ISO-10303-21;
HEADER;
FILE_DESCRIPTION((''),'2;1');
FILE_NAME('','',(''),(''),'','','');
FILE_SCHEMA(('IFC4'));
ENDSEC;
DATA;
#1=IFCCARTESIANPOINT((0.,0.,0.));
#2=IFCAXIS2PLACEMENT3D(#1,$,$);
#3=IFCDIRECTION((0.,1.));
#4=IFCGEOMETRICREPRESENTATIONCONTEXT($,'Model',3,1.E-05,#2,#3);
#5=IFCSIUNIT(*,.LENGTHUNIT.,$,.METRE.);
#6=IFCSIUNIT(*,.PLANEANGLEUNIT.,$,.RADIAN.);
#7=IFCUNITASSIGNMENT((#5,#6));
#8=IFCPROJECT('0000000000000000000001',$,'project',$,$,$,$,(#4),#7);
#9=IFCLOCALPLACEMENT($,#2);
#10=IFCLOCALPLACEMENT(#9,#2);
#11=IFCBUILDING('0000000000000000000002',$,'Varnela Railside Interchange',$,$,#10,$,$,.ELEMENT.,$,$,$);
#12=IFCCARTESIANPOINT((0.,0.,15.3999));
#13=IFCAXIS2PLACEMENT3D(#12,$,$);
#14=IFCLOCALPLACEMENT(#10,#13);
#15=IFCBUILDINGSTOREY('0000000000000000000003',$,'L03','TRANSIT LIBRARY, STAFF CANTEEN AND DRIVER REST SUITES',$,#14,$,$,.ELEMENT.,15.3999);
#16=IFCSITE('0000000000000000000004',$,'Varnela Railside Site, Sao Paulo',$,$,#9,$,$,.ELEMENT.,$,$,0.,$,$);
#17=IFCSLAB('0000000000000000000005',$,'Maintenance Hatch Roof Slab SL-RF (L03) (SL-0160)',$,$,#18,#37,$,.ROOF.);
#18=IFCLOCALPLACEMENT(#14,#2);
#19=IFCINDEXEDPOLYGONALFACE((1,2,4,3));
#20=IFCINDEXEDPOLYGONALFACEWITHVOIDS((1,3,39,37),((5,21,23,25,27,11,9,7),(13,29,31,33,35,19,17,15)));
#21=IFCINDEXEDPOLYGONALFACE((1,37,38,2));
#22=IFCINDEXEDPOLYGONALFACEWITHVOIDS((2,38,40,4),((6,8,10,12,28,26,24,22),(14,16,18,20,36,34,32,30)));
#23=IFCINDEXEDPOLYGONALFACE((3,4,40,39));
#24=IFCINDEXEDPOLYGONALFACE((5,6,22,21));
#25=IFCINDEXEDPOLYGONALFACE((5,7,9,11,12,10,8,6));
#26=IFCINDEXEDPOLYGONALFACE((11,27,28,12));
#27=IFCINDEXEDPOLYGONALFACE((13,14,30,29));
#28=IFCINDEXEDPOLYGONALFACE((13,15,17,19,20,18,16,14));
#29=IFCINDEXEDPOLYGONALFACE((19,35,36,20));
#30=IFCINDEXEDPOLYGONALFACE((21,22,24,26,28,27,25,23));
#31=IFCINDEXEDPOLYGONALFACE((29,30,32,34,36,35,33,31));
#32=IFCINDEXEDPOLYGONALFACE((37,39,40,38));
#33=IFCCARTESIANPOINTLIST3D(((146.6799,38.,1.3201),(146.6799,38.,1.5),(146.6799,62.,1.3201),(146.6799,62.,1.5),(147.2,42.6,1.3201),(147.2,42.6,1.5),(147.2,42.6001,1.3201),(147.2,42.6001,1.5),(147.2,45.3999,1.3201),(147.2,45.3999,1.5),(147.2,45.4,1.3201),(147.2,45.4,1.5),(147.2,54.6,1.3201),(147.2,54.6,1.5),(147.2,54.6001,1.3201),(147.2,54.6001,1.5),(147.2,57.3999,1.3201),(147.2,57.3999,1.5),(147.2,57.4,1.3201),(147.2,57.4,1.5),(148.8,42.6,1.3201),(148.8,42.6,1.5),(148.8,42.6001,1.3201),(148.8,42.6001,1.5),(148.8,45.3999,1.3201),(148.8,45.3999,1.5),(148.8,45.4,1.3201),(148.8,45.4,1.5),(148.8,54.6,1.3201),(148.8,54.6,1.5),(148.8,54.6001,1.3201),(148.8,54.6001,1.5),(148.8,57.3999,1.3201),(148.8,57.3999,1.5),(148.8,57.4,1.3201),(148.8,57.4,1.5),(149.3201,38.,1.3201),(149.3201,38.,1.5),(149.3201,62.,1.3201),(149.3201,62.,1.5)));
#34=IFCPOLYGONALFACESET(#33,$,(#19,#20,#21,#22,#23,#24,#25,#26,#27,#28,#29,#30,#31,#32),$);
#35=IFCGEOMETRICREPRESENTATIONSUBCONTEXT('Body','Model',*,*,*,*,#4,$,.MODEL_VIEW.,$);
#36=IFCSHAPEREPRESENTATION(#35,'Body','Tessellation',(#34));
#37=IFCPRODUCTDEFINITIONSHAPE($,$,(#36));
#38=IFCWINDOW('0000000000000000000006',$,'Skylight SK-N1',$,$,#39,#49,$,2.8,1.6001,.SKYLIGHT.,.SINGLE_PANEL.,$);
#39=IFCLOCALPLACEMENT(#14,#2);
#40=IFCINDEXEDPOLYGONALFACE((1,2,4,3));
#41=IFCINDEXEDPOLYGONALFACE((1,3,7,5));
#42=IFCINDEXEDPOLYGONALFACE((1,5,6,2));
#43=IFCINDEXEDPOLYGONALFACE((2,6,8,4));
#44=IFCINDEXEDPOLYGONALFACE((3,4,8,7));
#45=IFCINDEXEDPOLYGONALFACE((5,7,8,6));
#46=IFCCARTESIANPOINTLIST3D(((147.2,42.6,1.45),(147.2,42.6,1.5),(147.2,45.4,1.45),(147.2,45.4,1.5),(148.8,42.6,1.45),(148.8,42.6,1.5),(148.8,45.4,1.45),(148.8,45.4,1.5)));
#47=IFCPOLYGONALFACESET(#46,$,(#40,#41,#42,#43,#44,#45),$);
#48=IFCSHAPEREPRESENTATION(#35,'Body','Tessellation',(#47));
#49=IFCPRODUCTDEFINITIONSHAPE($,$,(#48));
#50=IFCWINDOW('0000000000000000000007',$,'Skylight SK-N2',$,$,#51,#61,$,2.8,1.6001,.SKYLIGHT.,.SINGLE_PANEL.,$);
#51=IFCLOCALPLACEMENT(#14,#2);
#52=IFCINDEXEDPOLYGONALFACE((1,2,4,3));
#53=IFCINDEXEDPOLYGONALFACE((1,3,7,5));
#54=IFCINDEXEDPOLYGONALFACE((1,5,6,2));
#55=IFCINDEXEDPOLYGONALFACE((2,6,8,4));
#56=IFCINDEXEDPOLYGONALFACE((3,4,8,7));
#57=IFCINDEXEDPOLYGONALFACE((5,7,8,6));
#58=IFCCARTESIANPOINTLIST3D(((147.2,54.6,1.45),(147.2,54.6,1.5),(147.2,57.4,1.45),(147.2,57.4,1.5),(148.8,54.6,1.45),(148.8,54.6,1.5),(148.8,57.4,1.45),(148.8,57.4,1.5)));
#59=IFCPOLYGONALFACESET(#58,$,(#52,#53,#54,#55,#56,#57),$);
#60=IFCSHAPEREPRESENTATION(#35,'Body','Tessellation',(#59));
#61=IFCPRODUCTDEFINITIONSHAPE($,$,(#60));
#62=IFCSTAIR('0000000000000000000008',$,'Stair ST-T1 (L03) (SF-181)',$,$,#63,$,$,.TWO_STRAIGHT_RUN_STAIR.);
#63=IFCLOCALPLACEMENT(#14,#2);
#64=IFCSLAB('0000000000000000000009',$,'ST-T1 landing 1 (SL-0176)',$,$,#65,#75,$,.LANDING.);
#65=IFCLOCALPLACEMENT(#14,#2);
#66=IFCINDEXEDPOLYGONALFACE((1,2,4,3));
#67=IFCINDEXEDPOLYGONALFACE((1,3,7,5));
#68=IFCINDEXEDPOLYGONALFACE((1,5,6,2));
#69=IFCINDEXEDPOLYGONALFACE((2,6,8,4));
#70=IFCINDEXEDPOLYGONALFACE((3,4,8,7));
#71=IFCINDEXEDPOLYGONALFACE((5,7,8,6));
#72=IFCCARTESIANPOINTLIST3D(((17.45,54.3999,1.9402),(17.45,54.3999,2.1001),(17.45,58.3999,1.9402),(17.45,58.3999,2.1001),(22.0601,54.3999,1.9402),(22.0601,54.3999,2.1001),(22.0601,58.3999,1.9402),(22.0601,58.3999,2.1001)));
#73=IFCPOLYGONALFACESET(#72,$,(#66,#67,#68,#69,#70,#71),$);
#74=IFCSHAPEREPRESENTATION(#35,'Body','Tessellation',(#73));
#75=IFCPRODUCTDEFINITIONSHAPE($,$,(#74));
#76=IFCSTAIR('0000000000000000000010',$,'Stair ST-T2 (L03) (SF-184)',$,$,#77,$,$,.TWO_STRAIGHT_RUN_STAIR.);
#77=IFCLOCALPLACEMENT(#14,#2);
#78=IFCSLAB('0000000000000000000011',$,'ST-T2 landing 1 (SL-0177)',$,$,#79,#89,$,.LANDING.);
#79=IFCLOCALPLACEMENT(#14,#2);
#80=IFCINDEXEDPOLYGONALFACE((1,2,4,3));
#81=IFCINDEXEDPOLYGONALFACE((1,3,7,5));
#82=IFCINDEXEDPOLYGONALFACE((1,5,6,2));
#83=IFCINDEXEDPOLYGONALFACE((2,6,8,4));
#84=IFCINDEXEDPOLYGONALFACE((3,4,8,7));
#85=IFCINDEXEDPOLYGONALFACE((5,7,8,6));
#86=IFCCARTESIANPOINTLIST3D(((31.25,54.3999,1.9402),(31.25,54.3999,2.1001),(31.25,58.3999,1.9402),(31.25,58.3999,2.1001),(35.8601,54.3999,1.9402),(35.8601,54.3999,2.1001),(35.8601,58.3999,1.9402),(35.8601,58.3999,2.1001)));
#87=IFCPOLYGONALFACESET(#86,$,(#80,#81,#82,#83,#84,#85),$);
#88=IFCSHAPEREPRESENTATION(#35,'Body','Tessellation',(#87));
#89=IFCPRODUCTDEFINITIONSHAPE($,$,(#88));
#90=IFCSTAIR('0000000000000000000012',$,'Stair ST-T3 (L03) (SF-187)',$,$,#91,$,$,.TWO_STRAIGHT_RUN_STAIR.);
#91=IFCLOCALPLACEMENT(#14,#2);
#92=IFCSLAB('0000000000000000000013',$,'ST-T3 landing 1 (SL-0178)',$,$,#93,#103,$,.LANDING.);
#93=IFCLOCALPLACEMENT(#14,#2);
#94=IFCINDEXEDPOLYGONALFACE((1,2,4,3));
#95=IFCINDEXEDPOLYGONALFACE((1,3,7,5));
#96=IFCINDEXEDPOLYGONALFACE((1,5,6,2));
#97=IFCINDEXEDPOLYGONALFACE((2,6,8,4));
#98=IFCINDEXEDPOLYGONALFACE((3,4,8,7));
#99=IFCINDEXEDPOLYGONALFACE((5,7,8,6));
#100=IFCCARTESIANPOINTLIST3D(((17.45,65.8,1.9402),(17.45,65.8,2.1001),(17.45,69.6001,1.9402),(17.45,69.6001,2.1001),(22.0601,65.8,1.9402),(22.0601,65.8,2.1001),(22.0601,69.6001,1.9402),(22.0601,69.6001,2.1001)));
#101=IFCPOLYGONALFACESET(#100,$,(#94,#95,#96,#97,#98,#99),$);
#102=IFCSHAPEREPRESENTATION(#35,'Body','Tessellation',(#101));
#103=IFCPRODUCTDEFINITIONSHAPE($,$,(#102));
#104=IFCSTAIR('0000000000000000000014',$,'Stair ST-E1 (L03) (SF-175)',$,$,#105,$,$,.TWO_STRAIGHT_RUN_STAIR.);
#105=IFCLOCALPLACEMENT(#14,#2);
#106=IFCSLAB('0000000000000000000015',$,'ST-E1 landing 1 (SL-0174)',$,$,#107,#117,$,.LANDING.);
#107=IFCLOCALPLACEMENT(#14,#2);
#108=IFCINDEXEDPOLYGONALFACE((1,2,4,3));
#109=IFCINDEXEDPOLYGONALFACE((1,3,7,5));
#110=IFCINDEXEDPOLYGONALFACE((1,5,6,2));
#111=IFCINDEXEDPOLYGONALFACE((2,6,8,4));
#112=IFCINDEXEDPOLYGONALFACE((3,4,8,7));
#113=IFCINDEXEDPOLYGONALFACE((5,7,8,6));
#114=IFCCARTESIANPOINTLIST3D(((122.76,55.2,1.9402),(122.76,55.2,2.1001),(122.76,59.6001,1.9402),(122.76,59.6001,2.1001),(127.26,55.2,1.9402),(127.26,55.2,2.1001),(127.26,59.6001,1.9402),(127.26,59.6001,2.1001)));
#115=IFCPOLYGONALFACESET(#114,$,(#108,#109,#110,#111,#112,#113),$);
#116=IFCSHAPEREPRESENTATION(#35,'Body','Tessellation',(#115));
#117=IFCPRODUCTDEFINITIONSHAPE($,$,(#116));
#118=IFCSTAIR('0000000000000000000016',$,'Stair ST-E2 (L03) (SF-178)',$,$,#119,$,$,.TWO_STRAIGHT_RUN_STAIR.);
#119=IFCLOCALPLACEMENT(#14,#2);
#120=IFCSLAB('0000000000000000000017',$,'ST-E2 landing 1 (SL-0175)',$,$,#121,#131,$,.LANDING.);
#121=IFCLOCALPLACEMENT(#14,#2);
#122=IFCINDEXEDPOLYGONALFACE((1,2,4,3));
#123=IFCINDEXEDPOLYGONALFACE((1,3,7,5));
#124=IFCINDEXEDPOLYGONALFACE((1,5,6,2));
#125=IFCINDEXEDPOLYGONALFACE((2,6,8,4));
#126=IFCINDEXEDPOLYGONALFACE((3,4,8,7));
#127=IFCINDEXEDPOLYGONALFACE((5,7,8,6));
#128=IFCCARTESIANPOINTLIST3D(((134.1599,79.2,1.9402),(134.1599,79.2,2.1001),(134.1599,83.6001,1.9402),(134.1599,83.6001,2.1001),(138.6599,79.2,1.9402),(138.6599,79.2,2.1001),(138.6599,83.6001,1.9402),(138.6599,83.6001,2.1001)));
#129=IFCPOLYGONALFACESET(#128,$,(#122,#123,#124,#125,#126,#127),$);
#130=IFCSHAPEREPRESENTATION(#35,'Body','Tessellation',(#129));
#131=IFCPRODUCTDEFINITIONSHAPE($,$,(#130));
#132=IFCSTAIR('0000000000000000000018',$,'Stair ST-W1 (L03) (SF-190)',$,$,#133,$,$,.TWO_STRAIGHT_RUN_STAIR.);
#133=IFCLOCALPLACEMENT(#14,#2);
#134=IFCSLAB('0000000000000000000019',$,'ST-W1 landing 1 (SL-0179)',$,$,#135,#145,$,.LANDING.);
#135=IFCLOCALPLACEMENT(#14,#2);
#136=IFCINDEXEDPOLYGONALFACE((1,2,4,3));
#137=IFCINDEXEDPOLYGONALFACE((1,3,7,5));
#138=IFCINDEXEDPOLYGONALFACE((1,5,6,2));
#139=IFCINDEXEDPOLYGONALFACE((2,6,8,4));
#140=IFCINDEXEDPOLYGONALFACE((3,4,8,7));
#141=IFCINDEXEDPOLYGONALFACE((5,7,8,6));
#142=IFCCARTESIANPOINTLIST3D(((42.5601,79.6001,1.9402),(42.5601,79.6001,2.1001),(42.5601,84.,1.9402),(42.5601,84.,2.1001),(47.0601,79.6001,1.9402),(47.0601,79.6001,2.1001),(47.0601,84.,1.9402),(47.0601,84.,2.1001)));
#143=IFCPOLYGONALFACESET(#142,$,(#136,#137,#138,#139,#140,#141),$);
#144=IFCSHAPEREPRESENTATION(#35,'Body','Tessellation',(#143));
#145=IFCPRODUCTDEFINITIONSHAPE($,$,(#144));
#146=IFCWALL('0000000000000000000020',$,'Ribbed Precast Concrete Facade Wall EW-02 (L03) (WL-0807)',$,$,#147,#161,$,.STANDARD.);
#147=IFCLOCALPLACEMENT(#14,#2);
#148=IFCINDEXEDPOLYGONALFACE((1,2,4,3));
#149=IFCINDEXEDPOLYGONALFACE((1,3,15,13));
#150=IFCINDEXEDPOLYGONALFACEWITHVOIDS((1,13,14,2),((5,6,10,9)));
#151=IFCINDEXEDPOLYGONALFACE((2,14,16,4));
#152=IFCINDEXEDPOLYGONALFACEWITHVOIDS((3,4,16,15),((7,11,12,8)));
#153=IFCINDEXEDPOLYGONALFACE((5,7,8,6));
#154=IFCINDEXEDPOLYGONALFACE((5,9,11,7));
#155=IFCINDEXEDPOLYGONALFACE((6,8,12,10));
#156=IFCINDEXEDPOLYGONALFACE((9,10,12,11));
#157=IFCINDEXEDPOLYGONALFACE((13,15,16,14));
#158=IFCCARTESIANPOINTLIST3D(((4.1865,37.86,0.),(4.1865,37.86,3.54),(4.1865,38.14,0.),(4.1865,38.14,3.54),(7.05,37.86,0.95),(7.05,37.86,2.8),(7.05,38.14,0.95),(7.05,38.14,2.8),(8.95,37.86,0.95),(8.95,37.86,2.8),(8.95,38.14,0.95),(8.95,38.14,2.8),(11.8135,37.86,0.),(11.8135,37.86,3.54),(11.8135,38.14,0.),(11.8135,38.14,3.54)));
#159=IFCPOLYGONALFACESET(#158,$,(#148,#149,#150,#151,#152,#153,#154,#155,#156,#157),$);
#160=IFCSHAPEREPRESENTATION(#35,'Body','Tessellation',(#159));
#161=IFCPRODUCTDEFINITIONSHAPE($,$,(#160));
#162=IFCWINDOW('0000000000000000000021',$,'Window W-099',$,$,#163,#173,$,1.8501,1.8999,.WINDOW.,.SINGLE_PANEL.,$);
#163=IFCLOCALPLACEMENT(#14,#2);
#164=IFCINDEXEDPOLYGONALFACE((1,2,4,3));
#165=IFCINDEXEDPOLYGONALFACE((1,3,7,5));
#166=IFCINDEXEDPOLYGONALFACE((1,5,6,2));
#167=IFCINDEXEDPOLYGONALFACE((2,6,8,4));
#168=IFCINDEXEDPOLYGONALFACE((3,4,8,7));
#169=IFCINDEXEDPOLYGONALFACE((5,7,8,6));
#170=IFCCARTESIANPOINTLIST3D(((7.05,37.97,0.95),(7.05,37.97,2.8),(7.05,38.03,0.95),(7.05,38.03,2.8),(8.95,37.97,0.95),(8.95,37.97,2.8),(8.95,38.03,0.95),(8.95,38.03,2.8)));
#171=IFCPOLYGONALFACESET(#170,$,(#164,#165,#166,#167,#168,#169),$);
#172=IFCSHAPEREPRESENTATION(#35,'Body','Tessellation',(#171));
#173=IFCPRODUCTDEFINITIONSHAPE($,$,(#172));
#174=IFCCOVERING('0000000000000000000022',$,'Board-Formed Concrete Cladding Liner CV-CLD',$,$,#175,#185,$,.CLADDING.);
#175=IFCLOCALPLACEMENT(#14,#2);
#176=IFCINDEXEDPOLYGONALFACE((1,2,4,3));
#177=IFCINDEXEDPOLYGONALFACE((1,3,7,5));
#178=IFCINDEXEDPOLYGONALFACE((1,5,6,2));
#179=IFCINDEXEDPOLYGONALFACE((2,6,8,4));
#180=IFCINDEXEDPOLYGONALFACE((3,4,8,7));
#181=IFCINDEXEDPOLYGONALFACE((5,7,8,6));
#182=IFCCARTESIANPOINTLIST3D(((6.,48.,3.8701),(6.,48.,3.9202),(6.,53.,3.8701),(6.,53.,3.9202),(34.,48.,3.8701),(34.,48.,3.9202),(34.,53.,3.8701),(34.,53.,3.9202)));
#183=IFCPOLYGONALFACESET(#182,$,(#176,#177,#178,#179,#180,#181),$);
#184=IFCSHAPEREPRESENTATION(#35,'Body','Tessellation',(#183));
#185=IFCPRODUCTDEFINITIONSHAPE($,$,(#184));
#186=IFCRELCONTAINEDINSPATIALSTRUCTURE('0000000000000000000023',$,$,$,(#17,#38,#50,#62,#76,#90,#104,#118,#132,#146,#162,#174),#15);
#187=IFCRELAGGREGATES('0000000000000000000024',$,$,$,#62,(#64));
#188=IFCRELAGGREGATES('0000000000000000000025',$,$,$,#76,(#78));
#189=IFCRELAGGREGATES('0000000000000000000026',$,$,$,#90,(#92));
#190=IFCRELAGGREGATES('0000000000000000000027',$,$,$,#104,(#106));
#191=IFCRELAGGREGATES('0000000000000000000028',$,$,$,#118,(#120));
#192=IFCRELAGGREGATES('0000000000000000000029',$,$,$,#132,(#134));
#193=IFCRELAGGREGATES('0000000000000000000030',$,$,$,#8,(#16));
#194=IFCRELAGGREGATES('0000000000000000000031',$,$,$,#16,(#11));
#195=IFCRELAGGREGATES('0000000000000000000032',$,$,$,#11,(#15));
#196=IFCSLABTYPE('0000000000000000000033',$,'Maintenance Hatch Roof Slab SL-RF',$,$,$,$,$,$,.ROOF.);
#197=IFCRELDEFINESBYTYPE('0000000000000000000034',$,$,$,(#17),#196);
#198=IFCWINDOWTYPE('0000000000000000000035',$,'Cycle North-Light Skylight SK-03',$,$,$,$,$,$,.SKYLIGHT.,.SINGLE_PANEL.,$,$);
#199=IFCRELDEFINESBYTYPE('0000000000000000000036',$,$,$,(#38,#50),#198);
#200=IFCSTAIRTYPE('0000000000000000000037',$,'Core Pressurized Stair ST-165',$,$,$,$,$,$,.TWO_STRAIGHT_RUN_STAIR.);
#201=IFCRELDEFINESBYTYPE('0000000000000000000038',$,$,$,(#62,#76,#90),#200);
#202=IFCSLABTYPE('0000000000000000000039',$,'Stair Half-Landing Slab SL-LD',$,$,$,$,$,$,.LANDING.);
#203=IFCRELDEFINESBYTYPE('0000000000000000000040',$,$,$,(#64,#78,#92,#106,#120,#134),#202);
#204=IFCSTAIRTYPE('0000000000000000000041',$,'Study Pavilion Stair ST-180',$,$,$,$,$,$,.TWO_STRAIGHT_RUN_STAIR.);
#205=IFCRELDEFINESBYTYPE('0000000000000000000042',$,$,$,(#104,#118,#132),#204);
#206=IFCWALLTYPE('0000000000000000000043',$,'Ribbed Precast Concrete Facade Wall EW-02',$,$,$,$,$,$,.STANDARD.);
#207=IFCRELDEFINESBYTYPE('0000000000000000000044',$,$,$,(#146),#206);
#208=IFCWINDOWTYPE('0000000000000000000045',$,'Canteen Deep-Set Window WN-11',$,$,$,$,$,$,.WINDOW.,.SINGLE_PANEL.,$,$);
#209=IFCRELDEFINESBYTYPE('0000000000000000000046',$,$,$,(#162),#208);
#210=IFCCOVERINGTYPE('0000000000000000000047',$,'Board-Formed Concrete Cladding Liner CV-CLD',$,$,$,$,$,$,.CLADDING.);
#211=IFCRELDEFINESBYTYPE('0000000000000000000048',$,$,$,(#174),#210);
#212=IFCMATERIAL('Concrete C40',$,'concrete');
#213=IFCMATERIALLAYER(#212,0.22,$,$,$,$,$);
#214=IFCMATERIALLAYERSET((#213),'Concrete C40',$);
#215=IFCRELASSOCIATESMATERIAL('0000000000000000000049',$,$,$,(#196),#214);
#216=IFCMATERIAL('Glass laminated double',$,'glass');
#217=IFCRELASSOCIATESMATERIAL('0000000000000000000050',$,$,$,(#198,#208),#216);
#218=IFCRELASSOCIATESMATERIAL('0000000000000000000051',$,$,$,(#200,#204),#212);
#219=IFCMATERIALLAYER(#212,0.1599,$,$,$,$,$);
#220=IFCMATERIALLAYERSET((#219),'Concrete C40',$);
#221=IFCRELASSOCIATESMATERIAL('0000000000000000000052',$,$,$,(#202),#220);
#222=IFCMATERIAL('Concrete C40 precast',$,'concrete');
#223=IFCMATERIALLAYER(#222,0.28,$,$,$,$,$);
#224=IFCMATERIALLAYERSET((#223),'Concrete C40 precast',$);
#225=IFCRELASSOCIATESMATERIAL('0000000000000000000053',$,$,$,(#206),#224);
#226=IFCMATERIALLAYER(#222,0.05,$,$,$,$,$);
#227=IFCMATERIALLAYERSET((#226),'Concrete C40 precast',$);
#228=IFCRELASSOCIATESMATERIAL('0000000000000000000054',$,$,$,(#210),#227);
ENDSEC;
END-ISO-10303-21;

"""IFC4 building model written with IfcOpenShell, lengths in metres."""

from ifc_helpers import new_model, si_unit, direction, frame, frame_2d, origin, origin_2d, place, context, subcontext, project, spatial, polyline, rectangle, outline, extrude, material, layer, layer_set, type_object, element, fill, aggregate, save


model = new_model("IFC4")

# Units and contexts
model_context = context("Model", 3, precision=1e-05, world=origin(), true_north=direction((0.0, 1.0)))
body_context = subcontext(model_context, "Body", "Model", "MODEL_VIEW")
ifc_project = project(units=[si_unit("LENGTHUNIT", "METRE"), si_unit("PLANEANGLEUNIT", "RADIAN")], contexts=[model_context])

# Site, building, storey
site_placement = place(None, origin())
site = spatial("IfcSite", under=ifc_project, at=site_placement, Name="Varnela Railside Site, Sao Paulo", CompositionType="ELEMENT", RefElevation=0.0)
building_placement = place(site_placement, origin())
building = spatial("IfcBuilding", under=site, at=building_placement, Name="Varnela Railside Interchange", CompositionType="ELEMENT")
storey_placement = place(building_placement, frame((0.0, 0.0, 15.3999)))
storey = spatial("IfcBuildingStorey", under=building, at=storey_placement, Name="L03", Description="TRANSIT LIBRARY, STAFF CANTEEN AND DRIVER REST SUITES", CompositionType="ELEMENT", Elevation=15.3999)

# Shared definitions
ifc_material_1 = material(Name="Concrete C40", Category="concrete")

# Shared definitions
ifc_layer_1 = layer(ifc_material_1, 0.22)
ifc_layer_set_1 = layer_set([ifc_layer_1], Name="Concrete C40")
slab_type_1 = type_object("IfcSlabType", Name="Maintenance Hatch Roof Slab SL-RF", PredefinedType="ROOF", material=ifc_layer_set_1)
ifc_material_2 = material(Name="Glass laminated double", Category="glass")

# Slab, openings, windows
slab_1_placement = place(storey_placement, frame((0.0, 0.0, 1.3201)))
slab_1 = element("IfcSlab", 1, at=slab_1_placement, inside=storey, type_object=slab_type_1, Name="Maintenance Hatch Roof Slab SL-RF (L03) (SL-0160)", PredefinedType="ROOF", context=body_context, shape_type="SweptSolid", body=[
    extrude(outline(polyline([(146.6799, 38.0), (149.3201, 38.0), (149.3201, 62.0), (146.6799, 62.0), (146.6799, 38.0)]), holes=[polyline([(147.2, 42.6001), (148.8, 42.6001), (148.8, 45.3999), (147.2, 45.3999), (147.2, 42.6001)]), polyline([(147.2, 54.6001), (148.8, 54.6001), (148.8, 57.3999), (147.2, 57.3999), (147.2, 54.6001)])]), origin(), (0.0, 0.0, 1.0), 0.1799),
])
opening_1_placement = place(slab_1_placement, frame((148.0, 44.0, -0.01)))
opening_1 = element("IfcOpeningElement", 2, at=opening_1_placement, cuts=slab_1, PredefinedType="OPENING", context=body_context, shape_type="SweptSolid", body=[
    extrude(rectangle(XDim=1.6001, YDim=2.8, at=origin_2d()), origin(), (0.0, 0.0, 1.0), 0.2),
])
opening_2_placement = place(slab_1_placement, frame((148.0, 56.0, -0.01)))
opening_2 = element("IfcOpeningElement", 3, at=opening_2_placement, cuts=slab_1, PredefinedType="OPENING", context=body_context, shape_type="SweptSolid", body=[
    extrude(rectangle(XDim=1.6001, YDim=2.8, at=origin_2d()), origin(), (0.0, 0.0, 1.0), 0.2),
])
window_type_1 = type_object("IfcWindowType", Name="Cycle North-Light Skylight SK-03", PartitioningType="SINGLE_PANEL", PredefinedType="SKYLIGHT", material=ifc_material_2)
window_1_placement = place(slab_1_placement, frame((148.0, 44.0, 0.1299)))
window_1 = element("IfcWindow", 4, at=window_1_placement, inside=storey, type_object=window_type_1, Name="Skylight SK-N1", OverallHeight=2.8, OverallWidth=1.6001, PartitioningType="SINGLE_PANEL", PredefinedType="SKYLIGHT", context=body_context, shape_type="SweptSolid", body=[
    extrude(rectangle(XDim=1.6001, YDim=2.8, at=origin_2d()), origin(), (0.0, 0.0, 1.0), 0.05),
])
fill(opening_1, window_1)
window_2_placement = place(slab_1_placement, frame((148.0, 56.0, 0.1299)))
window_2 = element("IfcWindow", 5, at=window_2_placement, inside=storey, type_object=window_type_1, Name="Skylight SK-N2", OverallHeight=2.8, OverallWidth=1.6001, PartitioningType="SINGLE_PANEL", PredefinedType="SKYLIGHT", context=body_context, shape_type="SweptSolid", body=[
    extrude(rectangle(XDim=1.6001, YDim=2.8, at=origin_2d()), origin(), (0.0, 0.0, 1.0), 0.05),
])
fill(opening_2, window_2)

# Stairs, slabs
stair_type_1 = type_object("IfcStairType", Name="Core Pressurized Stair ST-165", PredefinedType="TWO_STRAIGHT_RUN_STAIR", material=ifc_material_1)
stair_1_placement = place(storey_placement, origin())
stair_1 = element("IfcStair", 6, at=stair_1_placement, inside=storey, type_object=stair_type_1, Name="Stair ST-T1 (L03) (SF-181)", PredefinedType="TWO_STRAIGHT_RUN_STAIR")
ifc_layer_2 = layer(ifc_material_1, 0.1599)
ifc_layer_set_2 = layer_set([ifc_layer_2], Name="Concrete C40")
slab_type_2 = type_object("IfcSlabType", Name="Stair Half-Landing Slab SL-LD", PredefinedType="LANDING", material=ifc_layer_set_2)
slab_2_placement = place(storey_placement, frame((0.0, 0.0, 1.9402)))
slab_2 = element("IfcSlab", 7, at=slab_2_placement, type_object=slab_type_2, Name="ST-T1 landing 1 (SL-0176)", PredefinedType="LANDING", context=body_context, shape_type="SweptSolid", body=[
    extrude(outline(polyline([(17.45, 54.3999), (22.0601, 54.3999), (22.0601, 58.3999), (17.45, 58.3999), (17.45, 54.3999)])), origin(), (0.0, 0.0, 1.0), 0.1599),
])
aggregate(stair_1, [slab_2])
stair_2_placement = place(storey_placement, origin())
stair_2 = element("IfcStair", 8, at=stair_2_placement, inside=storey, type_object=stair_type_1, Name="Stair ST-T2 (L03) (SF-184)", PredefinedType="TWO_STRAIGHT_RUN_STAIR")
slab_3_placement = place(storey_placement, frame((0.0, 0.0, 1.9402)))
slab_3 = element("IfcSlab", 9, at=slab_3_placement, type_object=slab_type_2, Name="ST-T2 landing 1 (SL-0177)", PredefinedType="LANDING", context=body_context, shape_type="SweptSolid", body=[
    extrude(outline(polyline([(31.25, 54.3999), (35.8601, 54.3999), (35.8601, 58.3999), (31.25, 58.3999), (31.25, 54.3999)])), origin(), (0.0, 0.0, 1.0), 0.1599),
])
aggregate(stair_2, [slab_3])
stair_3_placement = place(storey_placement, origin())
stair_3 = element("IfcStair", 10, at=stair_3_placement, inside=storey, type_object=stair_type_1, Name="Stair ST-T3 (L03) (SF-187)", PredefinedType="TWO_STRAIGHT_RUN_STAIR")
slab_4_placement = place(storey_placement, frame((0.0, 0.0, 1.9402)))
slab_4 = element("IfcSlab", 11, at=slab_4_placement, type_object=slab_type_2, Name="ST-T3 landing 1 (SL-0178)", PredefinedType="LANDING", context=body_context, shape_type="SweptSolid", body=[
    extrude(outline(polyline([(17.45, 65.8), (22.0601, 65.8), (22.0601, 69.6001), (17.45, 69.6001), (17.45, 65.8)])), origin(), (0.0, 0.0, 1.0), 0.1599),
])
aggregate(stair_3, [slab_4])
stair_type_2 = type_object("IfcStairType", Name="Study Pavilion Stair ST-180", PredefinedType="TWO_STRAIGHT_RUN_STAIR", material=ifc_material_1)
stair_4_placement = place(storey_placement, origin())
stair_4 = element("IfcStair", 12, at=stair_4_placement, inside=storey, type_object=stair_type_2, Name="Stair ST-E1 (L03) (SF-175)", PredefinedType="TWO_STRAIGHT_RUN_STAIR")
slab_5_placement = place(storey_placement, frame((0.0, 0.0, 1.9402)))
slab_5 = element("IfcSlab", 13, at=slab_5_placement, type_object=slab_type_2, Name="ST-E1 landing 1 (SL-0174)", PredefinedType="LANDING", context=body_context, shape_type="SweptSolid", body=[
    extrude(outline(polyline([(122.76, 55.2), (127.26, 55.2), (127.26, 59.6001), (122.76, 59.6001), (122.76, 55.2)])), origin(), (0.0, 0.0, 1.0), 0.1599),
])
aggregate(stair_4, [slab_5])
stair_5_placement = place(storey_placement, origin())
stair_5 = element("IfcStair", 14, at=stair_5_placement, inside=storey, type_object=stair_type_2, Name="Stair ST-E2 (L03) (SF-178)", PredefinedType="TWO_STRAIGHT_RUN_STAIR")
slab_6_placement = place(storey_placement, frame((0.0, 0.0, 1.9402)))
slab_6 = element("IfcSlab", 15, at=slab_6_placement, type_object=slab_type_2, Name="ST-E2 landing 1 (SL-0175)", PredefinedType="LANDING", context=body_context, shape_type="SweptSolid", body=[
    extrude(outline(polyline([(134.1599, 79.2), (138.6599, 79.2), (138.6599, 83.6001), (134.1599, 83.6001), (134.1599, 79.2)])), origin(), (0.0, 0.0, 1.0), 0.1599),
])
aggregate(stair_5, [slab_6])
stair_6_placement = place(storey_placement, origin())
stair_6 = element("IfcStair", 16, at=stair_6_placement, inside=storey, type_object=stair_type_2, Name="Stair ST-W1 (L03) (SF-190)", PredefinedType="TWO_STRAIGHT_RUN_STAIR")
slab_7_placement = place(storey_placement, frame((0.0, 0.0, 1.9402)))
slab_7 = element("IfcSlab", 17, at=slab_7_placement, type_object=slab_type_2, Name="ST-W1 landing 1 (SL-0179)", PredefinedType="LANDING", context=body_context, shape_type="SweptSolid", body=[
    extrude(outline(polyline([(42.5601, 79.6001), (47.0601, 79.6001), (47.0601, 84.0), (42.5601, 84.0), (42.5601, 79.6001)])), origin(), (0.0, 0.0, 1.0), 0.1599),
])
aggregate(stair_6, [slab_7])

# Wall, opening, window
ifc_material_3 = material(Name="Concrete C40 precast", Category="concrete")
ifc_layer_3 = layer(ifc_material_3, 0.28)
ifc_layer_set_3 = layer_set([ifc_layer_3], Name="Concrete C40 precast")
wall_type = type_object("IfcWallType", Name="Ribbed Precast Concrete Facade Wall EW-02", PredefinedType="STANDARD", material=ifc_layer_set_3)
wall_placement = place(storey_placement, frame((11.8135, 38.0, 0.0), z_axis=(0.0, 0.0, 1.0), x_axis=(-1.0, 0.0, 0.0)))
wall = element("IfcWall", 18, at=wall_placement, inside=storey, type_object=wall_type, Name="Ribbed Precast Concrete Facade Wall EW-02 (L03) (WL-0807)", PredefinedType="STANDARD", context=body_context, shape_type="SweptSolid", body=[
    extrude(rectangle(XDim=7.627, YDim=0.28, at=frame_2d((3.8135, 0.0))), origin(), (0.0, 0.0, 1.0), 3.54),
])
opening_3_placement = place(wall_placement, frame((2.8635, 0.0, 0.95)))
opening_3 = element("IfcOpeningElement", 19, at=opening_3_placement, cuts=wall, PredefinedType="OPENING", context=body_context, shape_type="SweptSolid", body=[
    extrude(rectangle(XDim=1.8999, YDim=1.8501, at=frame_2d((0.95, 0.925))), frame((0.0, 0.1499, 0.0), z_axis=(0.0, -1.0, 0.0), x_axis=(1.0, 0.0, 0.0)), (0.0, 0.0, 1.0), 0.3),
])
window_type_2 = type_object("IfcWindowType", Name="Canteen Deep-Set Window WN-11", PartitioningType="SINGLE_PANEL", PredefinedType="WINDOW", material=ifc_material_2)
window_3_placement = place(opening_3_placement, origin())
window_3 = element("IfcWindow", 20, at=window_3_placement, inside=storey, type_object=window_type_2, Name="Window W-099", OverallHeight=1.8501, OverallWidth=1.8999, PartitioningType="SINGLE_PANEL", PredefinedType="WINDOW", context=body_context, shape_type="SweptSolid", body=[
    extrude(rectangle(XDim=1.8999, YDim=1.8501, at=frame_2d((0.95, 0.925))), frame((0.0, 0.03, 0.0), z_axis=(0.0, -1.0, 0.0), x_axis=(1.0, 0.0, 0.0)), (0.0, 0.0, 1.0), 0.0601),
])
fill(opening_3, window_3)

# Covering
ifc_layer_4 = layer(ifc_material_3, 0.05)
ifc_layer_set_4 = layer_set([ifc_layer_4], Name="Concrete C40 precast")
covering_type_1 = type_object("IfcCoveringType", Name="Board-Formed Concrete Cladding Liner CV-CLD", PredefinedType="CLADDING", material=ifc_layer_set_4)
covering_1_placement = place(storey_placement, frame((0.0, 0.0, 3.8701)))
element("IfcCovering", 21, at=covering_1_placement, inside=storey, type_object=covering_type_1, Name="Board-Formed Concrete Cladding Liner CV-CLD", PredefinedType="CLADDING", context=body_context, shape_type="SweptSolid", body=[
    extrude(outline(polyline([(6.0, 48.0), (34.0, 48.0), (34.0, 53.0), (6.0, 53.0), (6.0, 48.0)])), origin(), (0.0, 0.0, 1.0), 0.05),
])

save(model, "model.ifc")
